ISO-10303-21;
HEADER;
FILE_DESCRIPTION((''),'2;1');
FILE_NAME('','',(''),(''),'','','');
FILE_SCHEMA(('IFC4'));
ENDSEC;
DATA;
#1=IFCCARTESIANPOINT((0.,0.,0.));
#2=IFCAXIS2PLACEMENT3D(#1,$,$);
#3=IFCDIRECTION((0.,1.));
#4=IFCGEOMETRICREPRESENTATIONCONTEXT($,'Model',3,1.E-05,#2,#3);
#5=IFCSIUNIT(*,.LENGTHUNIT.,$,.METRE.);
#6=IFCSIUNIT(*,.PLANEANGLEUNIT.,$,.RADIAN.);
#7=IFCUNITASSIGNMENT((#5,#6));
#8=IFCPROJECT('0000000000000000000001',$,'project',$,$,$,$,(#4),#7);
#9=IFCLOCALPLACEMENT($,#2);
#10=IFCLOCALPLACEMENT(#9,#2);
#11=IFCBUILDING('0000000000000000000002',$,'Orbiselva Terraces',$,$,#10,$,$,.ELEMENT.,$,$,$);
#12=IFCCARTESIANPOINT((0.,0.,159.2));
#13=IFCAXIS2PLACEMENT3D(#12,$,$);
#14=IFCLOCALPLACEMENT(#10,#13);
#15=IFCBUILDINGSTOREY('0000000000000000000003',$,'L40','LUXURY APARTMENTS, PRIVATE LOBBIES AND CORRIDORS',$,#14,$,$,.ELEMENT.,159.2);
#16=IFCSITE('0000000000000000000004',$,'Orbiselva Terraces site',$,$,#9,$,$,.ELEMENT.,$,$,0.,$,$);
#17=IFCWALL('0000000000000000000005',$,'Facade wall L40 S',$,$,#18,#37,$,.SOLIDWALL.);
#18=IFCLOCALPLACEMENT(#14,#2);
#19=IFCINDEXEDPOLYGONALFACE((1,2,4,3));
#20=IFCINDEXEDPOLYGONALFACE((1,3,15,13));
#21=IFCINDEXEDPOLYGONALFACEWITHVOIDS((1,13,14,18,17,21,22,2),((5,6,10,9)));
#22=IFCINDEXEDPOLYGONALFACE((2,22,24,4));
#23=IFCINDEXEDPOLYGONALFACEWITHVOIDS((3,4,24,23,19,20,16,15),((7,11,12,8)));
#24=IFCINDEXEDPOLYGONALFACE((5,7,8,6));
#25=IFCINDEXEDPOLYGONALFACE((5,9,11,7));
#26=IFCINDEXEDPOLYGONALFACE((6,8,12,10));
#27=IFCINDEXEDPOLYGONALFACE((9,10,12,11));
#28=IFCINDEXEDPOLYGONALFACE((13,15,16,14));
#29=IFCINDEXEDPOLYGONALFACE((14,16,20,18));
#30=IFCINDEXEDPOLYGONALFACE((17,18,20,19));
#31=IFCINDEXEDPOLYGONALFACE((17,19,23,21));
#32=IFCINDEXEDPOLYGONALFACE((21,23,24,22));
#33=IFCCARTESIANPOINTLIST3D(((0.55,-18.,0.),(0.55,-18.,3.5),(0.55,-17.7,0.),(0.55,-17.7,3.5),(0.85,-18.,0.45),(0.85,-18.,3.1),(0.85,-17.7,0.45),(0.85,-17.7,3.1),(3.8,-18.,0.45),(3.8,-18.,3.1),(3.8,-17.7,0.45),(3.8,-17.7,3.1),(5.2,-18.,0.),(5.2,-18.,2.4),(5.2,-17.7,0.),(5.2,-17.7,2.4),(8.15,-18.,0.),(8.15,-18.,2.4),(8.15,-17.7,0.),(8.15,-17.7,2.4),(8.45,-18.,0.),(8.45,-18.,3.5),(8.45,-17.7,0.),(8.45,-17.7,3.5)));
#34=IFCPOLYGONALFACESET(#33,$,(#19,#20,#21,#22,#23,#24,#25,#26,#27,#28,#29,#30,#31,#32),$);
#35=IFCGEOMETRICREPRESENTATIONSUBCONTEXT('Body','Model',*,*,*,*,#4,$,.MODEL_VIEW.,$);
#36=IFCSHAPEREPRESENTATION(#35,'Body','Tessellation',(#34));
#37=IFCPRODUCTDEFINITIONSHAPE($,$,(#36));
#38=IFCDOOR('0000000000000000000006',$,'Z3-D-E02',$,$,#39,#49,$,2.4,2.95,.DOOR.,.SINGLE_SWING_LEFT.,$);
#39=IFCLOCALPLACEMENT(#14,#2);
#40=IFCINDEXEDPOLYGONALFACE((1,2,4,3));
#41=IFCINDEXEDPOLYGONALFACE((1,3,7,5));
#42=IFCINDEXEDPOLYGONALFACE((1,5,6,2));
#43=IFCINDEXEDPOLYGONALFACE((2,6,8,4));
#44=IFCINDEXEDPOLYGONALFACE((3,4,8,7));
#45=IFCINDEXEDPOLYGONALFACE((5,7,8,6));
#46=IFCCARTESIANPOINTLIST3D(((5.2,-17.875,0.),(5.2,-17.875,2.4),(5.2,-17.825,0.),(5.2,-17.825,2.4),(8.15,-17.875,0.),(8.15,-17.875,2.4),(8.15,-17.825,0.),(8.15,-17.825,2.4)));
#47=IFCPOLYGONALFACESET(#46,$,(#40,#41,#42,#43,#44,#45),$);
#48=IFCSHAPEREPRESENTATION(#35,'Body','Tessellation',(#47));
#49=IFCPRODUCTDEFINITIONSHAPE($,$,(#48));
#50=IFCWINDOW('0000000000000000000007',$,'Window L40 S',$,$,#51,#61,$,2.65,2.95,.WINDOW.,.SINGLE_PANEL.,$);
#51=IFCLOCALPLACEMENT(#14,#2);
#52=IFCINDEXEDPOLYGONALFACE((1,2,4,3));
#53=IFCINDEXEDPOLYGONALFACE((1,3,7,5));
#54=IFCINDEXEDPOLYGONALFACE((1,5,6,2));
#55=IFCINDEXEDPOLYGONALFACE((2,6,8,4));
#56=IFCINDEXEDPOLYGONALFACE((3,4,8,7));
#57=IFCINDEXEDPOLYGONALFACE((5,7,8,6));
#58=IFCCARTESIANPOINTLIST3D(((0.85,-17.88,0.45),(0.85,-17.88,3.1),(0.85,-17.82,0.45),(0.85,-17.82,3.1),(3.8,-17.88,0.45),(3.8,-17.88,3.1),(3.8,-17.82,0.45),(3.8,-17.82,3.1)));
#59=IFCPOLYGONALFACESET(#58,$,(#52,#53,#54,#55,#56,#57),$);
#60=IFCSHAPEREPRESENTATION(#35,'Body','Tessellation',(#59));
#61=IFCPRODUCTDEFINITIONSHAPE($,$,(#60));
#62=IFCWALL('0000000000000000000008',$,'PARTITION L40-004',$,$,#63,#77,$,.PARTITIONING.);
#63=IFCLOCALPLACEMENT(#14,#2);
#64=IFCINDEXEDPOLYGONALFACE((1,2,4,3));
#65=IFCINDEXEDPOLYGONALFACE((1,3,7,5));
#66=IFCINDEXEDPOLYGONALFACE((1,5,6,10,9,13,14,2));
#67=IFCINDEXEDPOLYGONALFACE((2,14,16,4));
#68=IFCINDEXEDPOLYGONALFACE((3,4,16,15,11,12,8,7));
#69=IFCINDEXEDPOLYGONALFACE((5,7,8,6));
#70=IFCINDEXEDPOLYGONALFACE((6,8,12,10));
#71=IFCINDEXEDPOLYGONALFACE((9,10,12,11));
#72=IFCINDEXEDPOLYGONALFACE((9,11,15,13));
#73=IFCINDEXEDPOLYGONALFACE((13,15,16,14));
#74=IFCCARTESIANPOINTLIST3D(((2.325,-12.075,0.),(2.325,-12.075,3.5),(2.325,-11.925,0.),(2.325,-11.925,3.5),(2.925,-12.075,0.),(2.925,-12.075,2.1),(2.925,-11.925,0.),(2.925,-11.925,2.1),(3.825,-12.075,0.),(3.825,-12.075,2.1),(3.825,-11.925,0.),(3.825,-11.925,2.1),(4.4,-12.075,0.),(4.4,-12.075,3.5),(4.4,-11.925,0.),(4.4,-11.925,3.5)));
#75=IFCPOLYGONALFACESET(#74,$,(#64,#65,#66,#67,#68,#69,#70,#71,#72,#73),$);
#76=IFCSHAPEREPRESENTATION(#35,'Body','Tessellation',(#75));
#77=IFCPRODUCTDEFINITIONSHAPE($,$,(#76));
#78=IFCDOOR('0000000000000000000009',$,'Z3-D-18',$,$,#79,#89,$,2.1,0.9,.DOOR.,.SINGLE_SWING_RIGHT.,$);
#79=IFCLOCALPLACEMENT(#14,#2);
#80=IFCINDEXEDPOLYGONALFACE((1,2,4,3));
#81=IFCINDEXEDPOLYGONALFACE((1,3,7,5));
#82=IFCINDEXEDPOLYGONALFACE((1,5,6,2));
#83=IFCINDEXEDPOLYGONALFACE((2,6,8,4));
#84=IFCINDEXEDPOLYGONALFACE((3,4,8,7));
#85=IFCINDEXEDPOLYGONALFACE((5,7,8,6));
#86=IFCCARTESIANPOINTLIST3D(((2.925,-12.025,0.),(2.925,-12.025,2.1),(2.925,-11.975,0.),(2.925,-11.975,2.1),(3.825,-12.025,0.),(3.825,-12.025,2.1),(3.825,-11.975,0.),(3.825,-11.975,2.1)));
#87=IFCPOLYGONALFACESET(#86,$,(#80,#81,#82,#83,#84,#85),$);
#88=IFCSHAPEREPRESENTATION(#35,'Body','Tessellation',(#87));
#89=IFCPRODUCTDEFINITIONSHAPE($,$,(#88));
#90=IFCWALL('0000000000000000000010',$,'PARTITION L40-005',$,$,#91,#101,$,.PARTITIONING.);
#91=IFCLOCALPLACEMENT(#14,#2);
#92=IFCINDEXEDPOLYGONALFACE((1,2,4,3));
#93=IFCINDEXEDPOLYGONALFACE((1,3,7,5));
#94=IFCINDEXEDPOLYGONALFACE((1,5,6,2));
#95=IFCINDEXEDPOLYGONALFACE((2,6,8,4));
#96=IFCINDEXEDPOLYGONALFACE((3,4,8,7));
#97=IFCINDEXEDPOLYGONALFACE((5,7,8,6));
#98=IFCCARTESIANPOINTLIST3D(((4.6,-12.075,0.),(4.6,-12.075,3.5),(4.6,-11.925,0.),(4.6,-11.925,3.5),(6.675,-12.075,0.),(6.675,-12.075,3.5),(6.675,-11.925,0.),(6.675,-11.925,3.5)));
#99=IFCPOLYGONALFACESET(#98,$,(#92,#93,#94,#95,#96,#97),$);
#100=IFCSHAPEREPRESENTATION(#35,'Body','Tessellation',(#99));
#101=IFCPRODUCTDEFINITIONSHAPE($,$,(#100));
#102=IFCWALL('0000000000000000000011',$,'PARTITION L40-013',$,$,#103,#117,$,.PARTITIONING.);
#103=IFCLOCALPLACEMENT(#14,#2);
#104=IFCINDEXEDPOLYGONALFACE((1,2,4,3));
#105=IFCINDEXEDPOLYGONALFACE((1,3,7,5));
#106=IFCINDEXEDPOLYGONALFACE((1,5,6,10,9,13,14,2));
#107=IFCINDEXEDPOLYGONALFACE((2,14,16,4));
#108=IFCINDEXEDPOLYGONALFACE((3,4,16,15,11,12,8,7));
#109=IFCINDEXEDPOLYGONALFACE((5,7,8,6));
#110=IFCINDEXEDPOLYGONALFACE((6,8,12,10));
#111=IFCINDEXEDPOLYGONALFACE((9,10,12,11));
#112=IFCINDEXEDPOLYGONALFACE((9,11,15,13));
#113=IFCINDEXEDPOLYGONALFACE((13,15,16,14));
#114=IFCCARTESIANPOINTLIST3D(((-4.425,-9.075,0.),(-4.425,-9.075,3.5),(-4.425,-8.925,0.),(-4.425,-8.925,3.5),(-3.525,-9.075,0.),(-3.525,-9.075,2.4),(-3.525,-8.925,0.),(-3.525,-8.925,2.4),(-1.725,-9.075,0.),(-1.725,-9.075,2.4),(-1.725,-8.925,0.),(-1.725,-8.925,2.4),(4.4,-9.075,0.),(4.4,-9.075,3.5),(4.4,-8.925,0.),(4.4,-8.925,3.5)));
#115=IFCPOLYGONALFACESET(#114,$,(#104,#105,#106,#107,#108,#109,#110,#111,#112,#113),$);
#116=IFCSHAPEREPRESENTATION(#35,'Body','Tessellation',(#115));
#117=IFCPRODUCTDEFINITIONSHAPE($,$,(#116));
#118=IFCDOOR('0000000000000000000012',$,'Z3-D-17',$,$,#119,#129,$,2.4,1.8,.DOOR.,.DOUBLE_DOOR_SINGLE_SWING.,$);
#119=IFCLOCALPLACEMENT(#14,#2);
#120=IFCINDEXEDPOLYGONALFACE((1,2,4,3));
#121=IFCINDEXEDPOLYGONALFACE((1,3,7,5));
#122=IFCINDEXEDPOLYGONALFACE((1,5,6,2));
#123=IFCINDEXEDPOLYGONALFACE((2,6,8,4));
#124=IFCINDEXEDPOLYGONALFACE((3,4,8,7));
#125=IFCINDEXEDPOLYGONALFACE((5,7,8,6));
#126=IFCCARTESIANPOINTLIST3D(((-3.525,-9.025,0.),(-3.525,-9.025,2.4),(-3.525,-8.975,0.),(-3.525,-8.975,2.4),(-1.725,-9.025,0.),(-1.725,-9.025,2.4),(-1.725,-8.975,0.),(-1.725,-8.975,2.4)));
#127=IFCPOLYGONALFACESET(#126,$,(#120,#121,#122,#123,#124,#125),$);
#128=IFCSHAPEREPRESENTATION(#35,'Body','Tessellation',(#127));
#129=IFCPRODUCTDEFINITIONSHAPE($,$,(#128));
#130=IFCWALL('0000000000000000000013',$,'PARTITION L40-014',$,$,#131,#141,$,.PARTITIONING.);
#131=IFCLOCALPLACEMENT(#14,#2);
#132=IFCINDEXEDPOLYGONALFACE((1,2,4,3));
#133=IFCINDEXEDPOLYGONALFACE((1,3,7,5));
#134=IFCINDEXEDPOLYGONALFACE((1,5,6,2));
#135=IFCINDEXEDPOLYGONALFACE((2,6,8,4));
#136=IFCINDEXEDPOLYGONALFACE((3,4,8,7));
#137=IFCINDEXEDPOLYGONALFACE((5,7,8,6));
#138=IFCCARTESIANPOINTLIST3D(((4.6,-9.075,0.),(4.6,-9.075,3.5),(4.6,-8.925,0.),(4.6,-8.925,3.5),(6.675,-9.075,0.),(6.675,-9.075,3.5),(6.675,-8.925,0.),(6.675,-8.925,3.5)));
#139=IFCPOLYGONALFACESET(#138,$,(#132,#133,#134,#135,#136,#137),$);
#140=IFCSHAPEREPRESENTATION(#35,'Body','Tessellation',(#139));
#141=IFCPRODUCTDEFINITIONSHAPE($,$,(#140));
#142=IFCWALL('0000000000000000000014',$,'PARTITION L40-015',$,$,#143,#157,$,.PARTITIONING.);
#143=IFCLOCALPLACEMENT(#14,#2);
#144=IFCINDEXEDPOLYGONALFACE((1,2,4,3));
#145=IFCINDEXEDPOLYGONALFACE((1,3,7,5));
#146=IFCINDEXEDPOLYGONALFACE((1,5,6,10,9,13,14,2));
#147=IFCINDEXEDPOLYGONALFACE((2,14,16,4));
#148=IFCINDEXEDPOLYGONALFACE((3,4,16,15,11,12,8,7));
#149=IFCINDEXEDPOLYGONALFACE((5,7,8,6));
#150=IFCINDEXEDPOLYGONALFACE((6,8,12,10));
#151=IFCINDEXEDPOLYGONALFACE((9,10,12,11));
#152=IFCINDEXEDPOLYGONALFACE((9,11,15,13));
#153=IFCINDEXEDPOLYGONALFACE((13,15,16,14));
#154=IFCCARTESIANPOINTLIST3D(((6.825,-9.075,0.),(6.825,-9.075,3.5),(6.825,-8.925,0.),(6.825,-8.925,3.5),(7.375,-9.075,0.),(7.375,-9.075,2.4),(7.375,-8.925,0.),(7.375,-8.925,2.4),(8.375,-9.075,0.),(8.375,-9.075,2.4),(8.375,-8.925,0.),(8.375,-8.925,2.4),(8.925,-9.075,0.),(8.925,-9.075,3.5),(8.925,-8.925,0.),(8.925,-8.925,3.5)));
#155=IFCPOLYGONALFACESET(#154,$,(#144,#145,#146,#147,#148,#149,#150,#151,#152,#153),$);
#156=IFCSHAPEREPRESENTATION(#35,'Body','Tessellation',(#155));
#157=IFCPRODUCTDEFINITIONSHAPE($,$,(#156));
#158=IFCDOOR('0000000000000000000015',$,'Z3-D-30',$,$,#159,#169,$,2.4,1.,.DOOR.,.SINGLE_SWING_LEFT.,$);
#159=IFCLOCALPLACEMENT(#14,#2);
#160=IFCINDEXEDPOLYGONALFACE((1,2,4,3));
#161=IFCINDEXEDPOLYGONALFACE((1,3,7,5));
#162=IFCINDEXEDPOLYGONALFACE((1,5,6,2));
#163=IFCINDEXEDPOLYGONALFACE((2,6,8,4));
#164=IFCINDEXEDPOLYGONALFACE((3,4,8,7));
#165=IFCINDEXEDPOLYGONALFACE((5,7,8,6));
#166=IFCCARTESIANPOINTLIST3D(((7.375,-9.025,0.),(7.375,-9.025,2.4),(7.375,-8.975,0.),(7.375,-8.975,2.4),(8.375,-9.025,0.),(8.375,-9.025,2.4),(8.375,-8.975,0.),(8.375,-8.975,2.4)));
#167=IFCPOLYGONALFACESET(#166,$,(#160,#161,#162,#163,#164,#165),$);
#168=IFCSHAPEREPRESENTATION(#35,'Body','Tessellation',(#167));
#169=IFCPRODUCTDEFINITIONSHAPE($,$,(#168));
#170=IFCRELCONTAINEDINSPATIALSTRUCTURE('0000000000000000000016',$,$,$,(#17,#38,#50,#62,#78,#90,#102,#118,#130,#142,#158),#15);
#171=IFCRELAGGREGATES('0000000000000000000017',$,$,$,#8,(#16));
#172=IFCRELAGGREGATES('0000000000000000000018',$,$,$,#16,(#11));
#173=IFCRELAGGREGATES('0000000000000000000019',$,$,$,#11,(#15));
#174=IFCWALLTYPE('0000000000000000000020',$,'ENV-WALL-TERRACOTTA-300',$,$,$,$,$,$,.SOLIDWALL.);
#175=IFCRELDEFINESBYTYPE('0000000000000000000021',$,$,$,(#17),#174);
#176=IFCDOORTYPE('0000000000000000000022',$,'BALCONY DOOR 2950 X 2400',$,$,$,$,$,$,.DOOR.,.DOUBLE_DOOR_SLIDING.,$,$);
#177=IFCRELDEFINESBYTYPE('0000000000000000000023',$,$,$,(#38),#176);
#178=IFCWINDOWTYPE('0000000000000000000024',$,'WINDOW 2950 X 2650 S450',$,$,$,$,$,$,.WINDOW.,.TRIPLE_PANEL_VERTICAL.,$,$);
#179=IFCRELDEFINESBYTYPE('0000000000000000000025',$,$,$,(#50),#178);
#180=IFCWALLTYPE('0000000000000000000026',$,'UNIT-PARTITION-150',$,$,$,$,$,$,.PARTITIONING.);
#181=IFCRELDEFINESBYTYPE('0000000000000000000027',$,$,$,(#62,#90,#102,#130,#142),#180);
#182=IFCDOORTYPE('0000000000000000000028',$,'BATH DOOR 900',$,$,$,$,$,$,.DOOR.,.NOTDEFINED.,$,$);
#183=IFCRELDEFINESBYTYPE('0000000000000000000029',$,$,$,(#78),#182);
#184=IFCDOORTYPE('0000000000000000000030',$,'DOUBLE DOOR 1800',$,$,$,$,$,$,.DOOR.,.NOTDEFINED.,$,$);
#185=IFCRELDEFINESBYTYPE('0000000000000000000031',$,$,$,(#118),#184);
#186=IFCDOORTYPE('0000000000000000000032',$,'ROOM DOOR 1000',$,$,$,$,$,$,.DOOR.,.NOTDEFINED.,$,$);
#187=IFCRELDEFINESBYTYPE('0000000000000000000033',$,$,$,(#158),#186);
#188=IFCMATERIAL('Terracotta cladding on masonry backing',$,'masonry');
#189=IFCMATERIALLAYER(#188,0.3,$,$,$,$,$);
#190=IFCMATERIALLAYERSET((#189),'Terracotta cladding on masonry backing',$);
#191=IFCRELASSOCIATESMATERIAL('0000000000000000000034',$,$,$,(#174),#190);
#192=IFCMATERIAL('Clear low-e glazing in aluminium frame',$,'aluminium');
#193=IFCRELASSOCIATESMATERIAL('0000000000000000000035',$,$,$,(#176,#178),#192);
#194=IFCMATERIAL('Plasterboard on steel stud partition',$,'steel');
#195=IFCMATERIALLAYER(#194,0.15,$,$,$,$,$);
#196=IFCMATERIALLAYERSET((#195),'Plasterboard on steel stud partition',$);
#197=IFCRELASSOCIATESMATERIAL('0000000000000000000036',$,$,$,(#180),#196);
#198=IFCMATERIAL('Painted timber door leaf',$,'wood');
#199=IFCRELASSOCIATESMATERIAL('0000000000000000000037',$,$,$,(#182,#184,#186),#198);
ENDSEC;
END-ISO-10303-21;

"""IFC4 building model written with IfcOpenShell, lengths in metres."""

from ifc_helpers import new_model, si_unit, direction, frame, frame_2d, origin, place, context, subcontext, project, spatial, rectangle, extrude, material, layer, layer_set, type_object, element, fill, save


model = new_model("IFC4")

# Units and contexts
model_context = context("Model", 3, precision=1e-05, world=origin(), true_north=direction((0.0, 1.0)))
body_context = subcontext(model_context, "Body", "Model", "MODEL_VIEW")
ifc_project = project(units=[si_unit("LENGTHUNIT", "METRE"), si_unit("PLANEANGLEUNIT", "RADIAN")], contexts=[model_context])

# Site, building, storey
site_placement = place(None, origin())
site = spatial("IfcSite", under=ifc_project, at=site_placement, Name="Orbiselva Terraces site", CompositionType="ELEMENT", RefElevation=0.0)
building_placement = place(site_placement, origin())
building = spatial("IfcBuilding", under=site, at=building_placement, Name="Orbiselva Terraces", CompositionType="ELEMENT")
storey_placement = place(building_placement, frame((0.0, 0.0, 159.2)))
storey = spatial("IfcBuildingStorey", under=building, at=storey_placement, Name="L40", Description="LUXURY APARTMENTS, PRIVATE LOBBIES AND CORRIDORS", CompositionType="ELEMENT", Elevation=159.2)

# Wall, openings, door, window
ifc_material_1 = material(Name="Terracotta cladding on masonry backing", Category="masonry")
ifc_layer_1 = layer(ifc_material_1, 0.3)
ifc_layer_set_1 = layer_set([ifc_layer_1], Name="Terracotta cladding on masonry backing")
wall_type_1 = type_object("IfcWallType", Name="ENV-WALL-TERRACOTTA-300", PredefinedType="SOLIDWALL", material=ifc_layer_set_1)
wall_1_placement = place(storey_placement, frame((8.45, -17.85, 0.0), z_axis=(0.0, 0.0, 1.0), x_axis=(-1.0, 0.0, 0.0)))
wall_1 = element("IfcWall", 1, at=wall_1_placement, inside=storey, type_object=wall_type_1, Name="Facade wall L40 S", PredefinedType="SOLIDWALL", context=body_context, shape_type="SweptSolid", body=[
    extrude(rectangle(XDim=7.9, YDim=0.3, at=frame_2d((3.95, 0.0))), origin(), (0.0, 0.0, 1.0), 3.5),
])
opening_1_placement = place(wall_1_placement, frame((4.65, 0.0, 0.45)))
opening_1 = element("IfcOpeningElement", 2, at=opening_1_placement, cuts=wall_1, PredefinedType="OPENING", context=body_context, shape_type="SweptSolid", body=[
    extrude(rectangle(XDim=2.95, YDim=2.65, at=frame_2d((1.475, 1.325))), frame((0.0, 0.16, 0.0), z_axis=(0.0, -1.0, 0.0), x_axis=(1.0, 0.0, 0.0)), (0.0, 0.0, 1.0), 0.32),
])
opening_2_placement = place(wall_1_placement, frame((0.3, 0.0, 0.0)))
opening_2 = element("IfcOpeningElement", 3, at=opening_2_placement, cuts=wall_1, PredefinedType="OPENING", context=body_context, shape_type="SweptSolid", body=[
    extrude(rectangle(XDim=2.95, YDim=2.4, at=frame_2d((1.475, 1.2))), frame((0.0, 0.16, 0.0), z_axis=(0.0, -1.0, 0.0), x_axis=(1.0, 0.0, 0.0)), (0.0, 0.0, 1.0), 0.32),
])
ifc_material_2 = material(Name="Clear low-e glazing in aluminium frame", Category="aluminium")
door_type_1 = type_object("IfcDoorType", Name="BALCONY DOOR 2950 X 2400", OperationType="DOUBLE_DOOR_SLIDING", PredefinedType="DOOR", material=ifc_material_2)
door_1_placement = place(opening_2_placement, origin())
door_1 = element("IfcDoor", 4, at=door_1_placement, inside=storey, type_object=door_type_1, Name="Z3-D-E02", OperationType="SINGLE_SWING_LEFT", OverallHeight=2.4, OverallWidth=2.95, PredefinedType="DOOR", context=body_context, shape_type="SweptSolid", body=[
    extrude(rectangle(XDim=2.95, YDim=2.4, at=frame_2d((1.475, 1.2))), frame((0.0, 0.025, 0.0), z_axis=(0.0, -1.0, 0.0), x_axis=(1.0, 0.0, 0.0)), (0.0, 0.0, 1.0), 0.05),
])
fill(opening_2, door_1)
window_type = type_object("IfcWindowType", Name="WINDOW 2950 X 2650 S450", PartitioningType="TRIPLE_PANEL_VERTICAL", PredefinedType="WINDOW", material=ifc_material_2)
window_placement = place(opening_1_placement, origin())
window = element("IfcWindow", 5, at=window_placement, inside=storey, type_object=window_type, Name="Window L40 S", OverallHeight=2.65, OverallWidth=2.95, PartitioningType="SINGLE_PANEL", PredefinedType="WINDOW", context=body_context, shape_type="SweptSolid", body=[
    extrude(rectangle(XDim=2.95, YDim=2.65, at=frame_2d((1.475, 1.325))), frame((0.0, 0.03, 0.0), z_axis=(0.0, -1.0, 0.0), x_axis=(1.0, 0.0, 0.0)), (0.0, 0.0, 1.0), 0.06),
])
fill(opening_1, window)

# Wall, opening, door
ifc_material_3 = material(Name="Plasterboard on steel stud partition", Category="steel")
ifc_layer_2 = layer(ifc_material_3, 0.15)
ifc_layer_set_2 = layer_set([ifc_layer_2], Name="Plasterboard on steel stud partition")
wall_type_2 = type_object("IfcWallType", Name="UNIT-PARTITION-150", PredefinedType="PARTITIONING", material=ifc_layer_set_2)
wall_2_placement = place(storey_placement, frame((2.325, -12.0, 0.0), z_axis=(0.0, 0.0, 1.0), x_axis=(1.0, 0.0, 0.0)))
wall_2 = element("IfcWall", 6, at=wall_2_placement, inside=storey, type_object=wall_type_2, Name="PARTITION L40-004", PredefinedType="PARTITIONING", context=body_context, shape_type="SweptSolid", body=[
    extrude(rectangle(XDim=2.075, YDim=0.15, at=frame_2d((1.0375, 0.0))), origin(), (0.0, 0.0, 1.0), 3.5),
])
opening_3_placement = place(wall_2_placement, frame((0.6, 0.0, 0.0)))
opening_3 = element("IfcOpeningElement", 7, at=opening_3_placement, cuts=wall_2, PredefinedType="OPENING", context=body_context, shape_type="SweptSolid", body=[
    extrude(rectangle(XDim=0.9, YDim=2.1, at=frame_2d((0.45, 1.05))), frame((0.0, 0.085, 0.0), z_axis=(0.0, -1.0, 0.0), x_axis=(1.0, 0.0, 0.0)), (0.0, 0.0, 1.0), 0.17),
])
ifc_material_4 = material(Name="Painted timber door leaf", Category="wood")
door_type_2 = type_object("IfcDoorType", Name="BATH DOOR 900", OperationType="NOTDEFINED", PredefinedType="DOOR", material=ifc_material_4)
door_2_placement = place(opening_3_placement, origin())
door_2 = element("IfcDoor", 8, at=door_2_placement, inside=storey, type_object=door_type_2, Name="Z3-D-18", OperationType="SINGLE_SWING_RIGHT", OverallHeight=2.1, OverallWidth=0.9, PredefinedType="DOOR", context=body_context, shape_type="SweptSolid", body=[
    extrude(rectangle(XDim=0.9, YDim=2.1, at=frame_2d((0.45, 1.05))), frame((0.0, 0.025, 0.0), z_axis=(0.0, -1.0, 0.0), x_axis=(1.0, 0.0, 0.0)), (0.0, 0.0, 1.0), 0.05),
])
fill(opening_3, door_2)

# Wall
wall_3_placement = place(storey_placement, frame((4.6, -12.0, 0.0), z_axis=(0.0, 0.0, 1.0), x_axis=(1.0, 0.0, 0.0)))
element("IfcWall", 9, at=wall_3_placement, inside=storey, type_object=wall_type_2, Name="PARTITION L40-005", PredefinedType="PARTITIONING", context=body_context, shape_type="SweptSolid", body=[
    extrude(rectangle(XDim=2.075, YDim=0.15, at=frame_2d((1.0375, 0.0))), origin(), (0.0, 0.0, 1.0), 3.5),
])

# Wall, opening, door
wall_4_placement = place(storey_placement, frame((4.4, -9.0, 0.0), z_axis=(0.0, 0.0, 1.0), x_axis=(-1.0, 0.0, 0.0)))
wall_4 = element("IfcWall", 10, at=wall_4_placement, inside=storey, type_object=wall_type_2, Name="PARTITION L40-013", PredefinedType="PARTITIONING", context=body_context, shape_type="SweptSolid", body=[
    extrude(rectangle(XDim=8.825, YDim=0.15, at=frame_2d((4.4125, 0.0))), origin(), (0.0, 0.0, 1.0), 3.5),
])
opening_4_placement = place(wall_4_placement, frame((6.125, 0.0, 0.0)))
opening_4 = element("IfcOpeningElement", 11, at=opening_4_placement, cuts=wall_4, PredefinedType="OPENING", context=body_context, shape_type="SweptSolid", body=[
    extrude(rectangle(XDim=1.8, YDim=2.4, at=frame_2d((0.9, 1.2))), frame((0.0, 0.085, 0.0), z_axis=(0.0, -1.0, 0.0), x_axis=(1.0, 0.0, 0.0)), (0.0, 0.0, 1.0), 0.17),
])
door_type_3 = type_object("IfcDoorType", Name="DOUBLE DOOR 1800", OperationType="NOTDEFINED", PredefinedType="DOOR", material=ifc_material_4)
door_3_placement = place(opening_4_placement, origin())
door_3 = element("IfcDoor", 12, at=door_3_placement, inside=storey, type_object=door_type_3, Name="Z3-D-17", OperationType="DOUBLE_DOOR_SINGLE_SWING", OverallHeight=2.4, OverallWidth=1.8, PredefinedType="DOOR", context=body_context, shape_type="SweptSolid", body=[
    extrude(rectangle(XDim=1.8, YDim=2.4, at=frame_2d((0.9, 1.2))), frame((0.0, 0.025, 0.0), z_axis=(0.0, -1.0, 0.0), x_axis=(1.0, 0.0, 0.0)), (0.0, 0.0, 1.0), 0.05),
])
fill(opening_4, door_3)

# Wall
wall_5_placement = place(storey_placement, frame((4.6, -9.0, 0.0), z_axis=(0.0, 0.0, 1.0), x_axis=(1.0, 0.0, 0.0)))
element("IfcWall", 13, at=wall_5_placement, inside=storey, type_object=wall_type_2, Name="PARTITION L40-014", PredefinedType="PARTITIONING", context=body_context, shape_type="SweptSolid", body=[
    extrude(rectangle(XDim=2.075, YDim=0.15, at=frame_2d((1.0375, 0.0))), origin(), (0.0, 0.0, 1.0), 3.5),
])

# Wall, opening, door
wall_6_placement = place(storey_placement, frame((8.925, -9.0, 0.0), z_axis=(0.0, 0.0, 1.0), x_axis=(-1.0, 0.0, 0.0)))
wall_6 = element("IfcWall", 14, at=wall_6_placement, inside=storey, type_object=wall_type_2, Name="PARTITION L40-015", PredefinedType="PARTITIONING", context=body_context, shape_type="SweptSolid", body=[
    extrude(rectangle(XDim=2.1, YDim=0.15, at=frame_2d((1.05, 0.0))), origin(), (0.0, 0.0, 1.0), 3.5),
])
opening_5_placement = place(wall_6_placement, frame((0.55, 0.0, 0.0)))
opening_5 = element("IfcOpeningElement", 15, at=opening_5_placement, cuts=wall_6, PredefinedType="OPENING", context=body_context, shape_type="SweptSolid", body=[
    extrude(rectangle(XDim=1.0, YDim=2.4, at=frame_2d((0.5, 1.2))), frame((0.0, 0.085, 0.0), z_axis=(0.0, -1.0, 0.0), x_axis=(1.0, 0.0, 0.0)), (0.0, 0.0, 1.0), 0.17),
])
door_type_4 = type_object("IfcDoorType", Name="ROOM DOOR 1000", OperationType="NOTDEFINED", PredefinedType="DOOR", material=ifc_material_4)
door_4_placement = place(opening_5_placement, origin())
door_4 = element("IfcDoor", 16, at=door_4_placement, inside=storey, type_object=door_type_4, Name="Z3-D-30", OperationType="SINGLE_SWING_LEFT", OverallHeight=2.4, OverallWidth=1.0, PredefinedType="DOOR", context=body_context, shape_type="SweptSolid", body=[
    extrude(rectangle(XDim=1.0, YDim=2.4, at=frame_2d((0.5, 1.2))), frame((0.0, 0.025, 0.0), z_axis=(0.0, -1.0, 0.0), x_axis=(1.0, 0.0, 0.0)), (0.0, 0.0, 1.0), 0.05),
])
fill(opening_5, door_4)

save(model, "model.ifc")
